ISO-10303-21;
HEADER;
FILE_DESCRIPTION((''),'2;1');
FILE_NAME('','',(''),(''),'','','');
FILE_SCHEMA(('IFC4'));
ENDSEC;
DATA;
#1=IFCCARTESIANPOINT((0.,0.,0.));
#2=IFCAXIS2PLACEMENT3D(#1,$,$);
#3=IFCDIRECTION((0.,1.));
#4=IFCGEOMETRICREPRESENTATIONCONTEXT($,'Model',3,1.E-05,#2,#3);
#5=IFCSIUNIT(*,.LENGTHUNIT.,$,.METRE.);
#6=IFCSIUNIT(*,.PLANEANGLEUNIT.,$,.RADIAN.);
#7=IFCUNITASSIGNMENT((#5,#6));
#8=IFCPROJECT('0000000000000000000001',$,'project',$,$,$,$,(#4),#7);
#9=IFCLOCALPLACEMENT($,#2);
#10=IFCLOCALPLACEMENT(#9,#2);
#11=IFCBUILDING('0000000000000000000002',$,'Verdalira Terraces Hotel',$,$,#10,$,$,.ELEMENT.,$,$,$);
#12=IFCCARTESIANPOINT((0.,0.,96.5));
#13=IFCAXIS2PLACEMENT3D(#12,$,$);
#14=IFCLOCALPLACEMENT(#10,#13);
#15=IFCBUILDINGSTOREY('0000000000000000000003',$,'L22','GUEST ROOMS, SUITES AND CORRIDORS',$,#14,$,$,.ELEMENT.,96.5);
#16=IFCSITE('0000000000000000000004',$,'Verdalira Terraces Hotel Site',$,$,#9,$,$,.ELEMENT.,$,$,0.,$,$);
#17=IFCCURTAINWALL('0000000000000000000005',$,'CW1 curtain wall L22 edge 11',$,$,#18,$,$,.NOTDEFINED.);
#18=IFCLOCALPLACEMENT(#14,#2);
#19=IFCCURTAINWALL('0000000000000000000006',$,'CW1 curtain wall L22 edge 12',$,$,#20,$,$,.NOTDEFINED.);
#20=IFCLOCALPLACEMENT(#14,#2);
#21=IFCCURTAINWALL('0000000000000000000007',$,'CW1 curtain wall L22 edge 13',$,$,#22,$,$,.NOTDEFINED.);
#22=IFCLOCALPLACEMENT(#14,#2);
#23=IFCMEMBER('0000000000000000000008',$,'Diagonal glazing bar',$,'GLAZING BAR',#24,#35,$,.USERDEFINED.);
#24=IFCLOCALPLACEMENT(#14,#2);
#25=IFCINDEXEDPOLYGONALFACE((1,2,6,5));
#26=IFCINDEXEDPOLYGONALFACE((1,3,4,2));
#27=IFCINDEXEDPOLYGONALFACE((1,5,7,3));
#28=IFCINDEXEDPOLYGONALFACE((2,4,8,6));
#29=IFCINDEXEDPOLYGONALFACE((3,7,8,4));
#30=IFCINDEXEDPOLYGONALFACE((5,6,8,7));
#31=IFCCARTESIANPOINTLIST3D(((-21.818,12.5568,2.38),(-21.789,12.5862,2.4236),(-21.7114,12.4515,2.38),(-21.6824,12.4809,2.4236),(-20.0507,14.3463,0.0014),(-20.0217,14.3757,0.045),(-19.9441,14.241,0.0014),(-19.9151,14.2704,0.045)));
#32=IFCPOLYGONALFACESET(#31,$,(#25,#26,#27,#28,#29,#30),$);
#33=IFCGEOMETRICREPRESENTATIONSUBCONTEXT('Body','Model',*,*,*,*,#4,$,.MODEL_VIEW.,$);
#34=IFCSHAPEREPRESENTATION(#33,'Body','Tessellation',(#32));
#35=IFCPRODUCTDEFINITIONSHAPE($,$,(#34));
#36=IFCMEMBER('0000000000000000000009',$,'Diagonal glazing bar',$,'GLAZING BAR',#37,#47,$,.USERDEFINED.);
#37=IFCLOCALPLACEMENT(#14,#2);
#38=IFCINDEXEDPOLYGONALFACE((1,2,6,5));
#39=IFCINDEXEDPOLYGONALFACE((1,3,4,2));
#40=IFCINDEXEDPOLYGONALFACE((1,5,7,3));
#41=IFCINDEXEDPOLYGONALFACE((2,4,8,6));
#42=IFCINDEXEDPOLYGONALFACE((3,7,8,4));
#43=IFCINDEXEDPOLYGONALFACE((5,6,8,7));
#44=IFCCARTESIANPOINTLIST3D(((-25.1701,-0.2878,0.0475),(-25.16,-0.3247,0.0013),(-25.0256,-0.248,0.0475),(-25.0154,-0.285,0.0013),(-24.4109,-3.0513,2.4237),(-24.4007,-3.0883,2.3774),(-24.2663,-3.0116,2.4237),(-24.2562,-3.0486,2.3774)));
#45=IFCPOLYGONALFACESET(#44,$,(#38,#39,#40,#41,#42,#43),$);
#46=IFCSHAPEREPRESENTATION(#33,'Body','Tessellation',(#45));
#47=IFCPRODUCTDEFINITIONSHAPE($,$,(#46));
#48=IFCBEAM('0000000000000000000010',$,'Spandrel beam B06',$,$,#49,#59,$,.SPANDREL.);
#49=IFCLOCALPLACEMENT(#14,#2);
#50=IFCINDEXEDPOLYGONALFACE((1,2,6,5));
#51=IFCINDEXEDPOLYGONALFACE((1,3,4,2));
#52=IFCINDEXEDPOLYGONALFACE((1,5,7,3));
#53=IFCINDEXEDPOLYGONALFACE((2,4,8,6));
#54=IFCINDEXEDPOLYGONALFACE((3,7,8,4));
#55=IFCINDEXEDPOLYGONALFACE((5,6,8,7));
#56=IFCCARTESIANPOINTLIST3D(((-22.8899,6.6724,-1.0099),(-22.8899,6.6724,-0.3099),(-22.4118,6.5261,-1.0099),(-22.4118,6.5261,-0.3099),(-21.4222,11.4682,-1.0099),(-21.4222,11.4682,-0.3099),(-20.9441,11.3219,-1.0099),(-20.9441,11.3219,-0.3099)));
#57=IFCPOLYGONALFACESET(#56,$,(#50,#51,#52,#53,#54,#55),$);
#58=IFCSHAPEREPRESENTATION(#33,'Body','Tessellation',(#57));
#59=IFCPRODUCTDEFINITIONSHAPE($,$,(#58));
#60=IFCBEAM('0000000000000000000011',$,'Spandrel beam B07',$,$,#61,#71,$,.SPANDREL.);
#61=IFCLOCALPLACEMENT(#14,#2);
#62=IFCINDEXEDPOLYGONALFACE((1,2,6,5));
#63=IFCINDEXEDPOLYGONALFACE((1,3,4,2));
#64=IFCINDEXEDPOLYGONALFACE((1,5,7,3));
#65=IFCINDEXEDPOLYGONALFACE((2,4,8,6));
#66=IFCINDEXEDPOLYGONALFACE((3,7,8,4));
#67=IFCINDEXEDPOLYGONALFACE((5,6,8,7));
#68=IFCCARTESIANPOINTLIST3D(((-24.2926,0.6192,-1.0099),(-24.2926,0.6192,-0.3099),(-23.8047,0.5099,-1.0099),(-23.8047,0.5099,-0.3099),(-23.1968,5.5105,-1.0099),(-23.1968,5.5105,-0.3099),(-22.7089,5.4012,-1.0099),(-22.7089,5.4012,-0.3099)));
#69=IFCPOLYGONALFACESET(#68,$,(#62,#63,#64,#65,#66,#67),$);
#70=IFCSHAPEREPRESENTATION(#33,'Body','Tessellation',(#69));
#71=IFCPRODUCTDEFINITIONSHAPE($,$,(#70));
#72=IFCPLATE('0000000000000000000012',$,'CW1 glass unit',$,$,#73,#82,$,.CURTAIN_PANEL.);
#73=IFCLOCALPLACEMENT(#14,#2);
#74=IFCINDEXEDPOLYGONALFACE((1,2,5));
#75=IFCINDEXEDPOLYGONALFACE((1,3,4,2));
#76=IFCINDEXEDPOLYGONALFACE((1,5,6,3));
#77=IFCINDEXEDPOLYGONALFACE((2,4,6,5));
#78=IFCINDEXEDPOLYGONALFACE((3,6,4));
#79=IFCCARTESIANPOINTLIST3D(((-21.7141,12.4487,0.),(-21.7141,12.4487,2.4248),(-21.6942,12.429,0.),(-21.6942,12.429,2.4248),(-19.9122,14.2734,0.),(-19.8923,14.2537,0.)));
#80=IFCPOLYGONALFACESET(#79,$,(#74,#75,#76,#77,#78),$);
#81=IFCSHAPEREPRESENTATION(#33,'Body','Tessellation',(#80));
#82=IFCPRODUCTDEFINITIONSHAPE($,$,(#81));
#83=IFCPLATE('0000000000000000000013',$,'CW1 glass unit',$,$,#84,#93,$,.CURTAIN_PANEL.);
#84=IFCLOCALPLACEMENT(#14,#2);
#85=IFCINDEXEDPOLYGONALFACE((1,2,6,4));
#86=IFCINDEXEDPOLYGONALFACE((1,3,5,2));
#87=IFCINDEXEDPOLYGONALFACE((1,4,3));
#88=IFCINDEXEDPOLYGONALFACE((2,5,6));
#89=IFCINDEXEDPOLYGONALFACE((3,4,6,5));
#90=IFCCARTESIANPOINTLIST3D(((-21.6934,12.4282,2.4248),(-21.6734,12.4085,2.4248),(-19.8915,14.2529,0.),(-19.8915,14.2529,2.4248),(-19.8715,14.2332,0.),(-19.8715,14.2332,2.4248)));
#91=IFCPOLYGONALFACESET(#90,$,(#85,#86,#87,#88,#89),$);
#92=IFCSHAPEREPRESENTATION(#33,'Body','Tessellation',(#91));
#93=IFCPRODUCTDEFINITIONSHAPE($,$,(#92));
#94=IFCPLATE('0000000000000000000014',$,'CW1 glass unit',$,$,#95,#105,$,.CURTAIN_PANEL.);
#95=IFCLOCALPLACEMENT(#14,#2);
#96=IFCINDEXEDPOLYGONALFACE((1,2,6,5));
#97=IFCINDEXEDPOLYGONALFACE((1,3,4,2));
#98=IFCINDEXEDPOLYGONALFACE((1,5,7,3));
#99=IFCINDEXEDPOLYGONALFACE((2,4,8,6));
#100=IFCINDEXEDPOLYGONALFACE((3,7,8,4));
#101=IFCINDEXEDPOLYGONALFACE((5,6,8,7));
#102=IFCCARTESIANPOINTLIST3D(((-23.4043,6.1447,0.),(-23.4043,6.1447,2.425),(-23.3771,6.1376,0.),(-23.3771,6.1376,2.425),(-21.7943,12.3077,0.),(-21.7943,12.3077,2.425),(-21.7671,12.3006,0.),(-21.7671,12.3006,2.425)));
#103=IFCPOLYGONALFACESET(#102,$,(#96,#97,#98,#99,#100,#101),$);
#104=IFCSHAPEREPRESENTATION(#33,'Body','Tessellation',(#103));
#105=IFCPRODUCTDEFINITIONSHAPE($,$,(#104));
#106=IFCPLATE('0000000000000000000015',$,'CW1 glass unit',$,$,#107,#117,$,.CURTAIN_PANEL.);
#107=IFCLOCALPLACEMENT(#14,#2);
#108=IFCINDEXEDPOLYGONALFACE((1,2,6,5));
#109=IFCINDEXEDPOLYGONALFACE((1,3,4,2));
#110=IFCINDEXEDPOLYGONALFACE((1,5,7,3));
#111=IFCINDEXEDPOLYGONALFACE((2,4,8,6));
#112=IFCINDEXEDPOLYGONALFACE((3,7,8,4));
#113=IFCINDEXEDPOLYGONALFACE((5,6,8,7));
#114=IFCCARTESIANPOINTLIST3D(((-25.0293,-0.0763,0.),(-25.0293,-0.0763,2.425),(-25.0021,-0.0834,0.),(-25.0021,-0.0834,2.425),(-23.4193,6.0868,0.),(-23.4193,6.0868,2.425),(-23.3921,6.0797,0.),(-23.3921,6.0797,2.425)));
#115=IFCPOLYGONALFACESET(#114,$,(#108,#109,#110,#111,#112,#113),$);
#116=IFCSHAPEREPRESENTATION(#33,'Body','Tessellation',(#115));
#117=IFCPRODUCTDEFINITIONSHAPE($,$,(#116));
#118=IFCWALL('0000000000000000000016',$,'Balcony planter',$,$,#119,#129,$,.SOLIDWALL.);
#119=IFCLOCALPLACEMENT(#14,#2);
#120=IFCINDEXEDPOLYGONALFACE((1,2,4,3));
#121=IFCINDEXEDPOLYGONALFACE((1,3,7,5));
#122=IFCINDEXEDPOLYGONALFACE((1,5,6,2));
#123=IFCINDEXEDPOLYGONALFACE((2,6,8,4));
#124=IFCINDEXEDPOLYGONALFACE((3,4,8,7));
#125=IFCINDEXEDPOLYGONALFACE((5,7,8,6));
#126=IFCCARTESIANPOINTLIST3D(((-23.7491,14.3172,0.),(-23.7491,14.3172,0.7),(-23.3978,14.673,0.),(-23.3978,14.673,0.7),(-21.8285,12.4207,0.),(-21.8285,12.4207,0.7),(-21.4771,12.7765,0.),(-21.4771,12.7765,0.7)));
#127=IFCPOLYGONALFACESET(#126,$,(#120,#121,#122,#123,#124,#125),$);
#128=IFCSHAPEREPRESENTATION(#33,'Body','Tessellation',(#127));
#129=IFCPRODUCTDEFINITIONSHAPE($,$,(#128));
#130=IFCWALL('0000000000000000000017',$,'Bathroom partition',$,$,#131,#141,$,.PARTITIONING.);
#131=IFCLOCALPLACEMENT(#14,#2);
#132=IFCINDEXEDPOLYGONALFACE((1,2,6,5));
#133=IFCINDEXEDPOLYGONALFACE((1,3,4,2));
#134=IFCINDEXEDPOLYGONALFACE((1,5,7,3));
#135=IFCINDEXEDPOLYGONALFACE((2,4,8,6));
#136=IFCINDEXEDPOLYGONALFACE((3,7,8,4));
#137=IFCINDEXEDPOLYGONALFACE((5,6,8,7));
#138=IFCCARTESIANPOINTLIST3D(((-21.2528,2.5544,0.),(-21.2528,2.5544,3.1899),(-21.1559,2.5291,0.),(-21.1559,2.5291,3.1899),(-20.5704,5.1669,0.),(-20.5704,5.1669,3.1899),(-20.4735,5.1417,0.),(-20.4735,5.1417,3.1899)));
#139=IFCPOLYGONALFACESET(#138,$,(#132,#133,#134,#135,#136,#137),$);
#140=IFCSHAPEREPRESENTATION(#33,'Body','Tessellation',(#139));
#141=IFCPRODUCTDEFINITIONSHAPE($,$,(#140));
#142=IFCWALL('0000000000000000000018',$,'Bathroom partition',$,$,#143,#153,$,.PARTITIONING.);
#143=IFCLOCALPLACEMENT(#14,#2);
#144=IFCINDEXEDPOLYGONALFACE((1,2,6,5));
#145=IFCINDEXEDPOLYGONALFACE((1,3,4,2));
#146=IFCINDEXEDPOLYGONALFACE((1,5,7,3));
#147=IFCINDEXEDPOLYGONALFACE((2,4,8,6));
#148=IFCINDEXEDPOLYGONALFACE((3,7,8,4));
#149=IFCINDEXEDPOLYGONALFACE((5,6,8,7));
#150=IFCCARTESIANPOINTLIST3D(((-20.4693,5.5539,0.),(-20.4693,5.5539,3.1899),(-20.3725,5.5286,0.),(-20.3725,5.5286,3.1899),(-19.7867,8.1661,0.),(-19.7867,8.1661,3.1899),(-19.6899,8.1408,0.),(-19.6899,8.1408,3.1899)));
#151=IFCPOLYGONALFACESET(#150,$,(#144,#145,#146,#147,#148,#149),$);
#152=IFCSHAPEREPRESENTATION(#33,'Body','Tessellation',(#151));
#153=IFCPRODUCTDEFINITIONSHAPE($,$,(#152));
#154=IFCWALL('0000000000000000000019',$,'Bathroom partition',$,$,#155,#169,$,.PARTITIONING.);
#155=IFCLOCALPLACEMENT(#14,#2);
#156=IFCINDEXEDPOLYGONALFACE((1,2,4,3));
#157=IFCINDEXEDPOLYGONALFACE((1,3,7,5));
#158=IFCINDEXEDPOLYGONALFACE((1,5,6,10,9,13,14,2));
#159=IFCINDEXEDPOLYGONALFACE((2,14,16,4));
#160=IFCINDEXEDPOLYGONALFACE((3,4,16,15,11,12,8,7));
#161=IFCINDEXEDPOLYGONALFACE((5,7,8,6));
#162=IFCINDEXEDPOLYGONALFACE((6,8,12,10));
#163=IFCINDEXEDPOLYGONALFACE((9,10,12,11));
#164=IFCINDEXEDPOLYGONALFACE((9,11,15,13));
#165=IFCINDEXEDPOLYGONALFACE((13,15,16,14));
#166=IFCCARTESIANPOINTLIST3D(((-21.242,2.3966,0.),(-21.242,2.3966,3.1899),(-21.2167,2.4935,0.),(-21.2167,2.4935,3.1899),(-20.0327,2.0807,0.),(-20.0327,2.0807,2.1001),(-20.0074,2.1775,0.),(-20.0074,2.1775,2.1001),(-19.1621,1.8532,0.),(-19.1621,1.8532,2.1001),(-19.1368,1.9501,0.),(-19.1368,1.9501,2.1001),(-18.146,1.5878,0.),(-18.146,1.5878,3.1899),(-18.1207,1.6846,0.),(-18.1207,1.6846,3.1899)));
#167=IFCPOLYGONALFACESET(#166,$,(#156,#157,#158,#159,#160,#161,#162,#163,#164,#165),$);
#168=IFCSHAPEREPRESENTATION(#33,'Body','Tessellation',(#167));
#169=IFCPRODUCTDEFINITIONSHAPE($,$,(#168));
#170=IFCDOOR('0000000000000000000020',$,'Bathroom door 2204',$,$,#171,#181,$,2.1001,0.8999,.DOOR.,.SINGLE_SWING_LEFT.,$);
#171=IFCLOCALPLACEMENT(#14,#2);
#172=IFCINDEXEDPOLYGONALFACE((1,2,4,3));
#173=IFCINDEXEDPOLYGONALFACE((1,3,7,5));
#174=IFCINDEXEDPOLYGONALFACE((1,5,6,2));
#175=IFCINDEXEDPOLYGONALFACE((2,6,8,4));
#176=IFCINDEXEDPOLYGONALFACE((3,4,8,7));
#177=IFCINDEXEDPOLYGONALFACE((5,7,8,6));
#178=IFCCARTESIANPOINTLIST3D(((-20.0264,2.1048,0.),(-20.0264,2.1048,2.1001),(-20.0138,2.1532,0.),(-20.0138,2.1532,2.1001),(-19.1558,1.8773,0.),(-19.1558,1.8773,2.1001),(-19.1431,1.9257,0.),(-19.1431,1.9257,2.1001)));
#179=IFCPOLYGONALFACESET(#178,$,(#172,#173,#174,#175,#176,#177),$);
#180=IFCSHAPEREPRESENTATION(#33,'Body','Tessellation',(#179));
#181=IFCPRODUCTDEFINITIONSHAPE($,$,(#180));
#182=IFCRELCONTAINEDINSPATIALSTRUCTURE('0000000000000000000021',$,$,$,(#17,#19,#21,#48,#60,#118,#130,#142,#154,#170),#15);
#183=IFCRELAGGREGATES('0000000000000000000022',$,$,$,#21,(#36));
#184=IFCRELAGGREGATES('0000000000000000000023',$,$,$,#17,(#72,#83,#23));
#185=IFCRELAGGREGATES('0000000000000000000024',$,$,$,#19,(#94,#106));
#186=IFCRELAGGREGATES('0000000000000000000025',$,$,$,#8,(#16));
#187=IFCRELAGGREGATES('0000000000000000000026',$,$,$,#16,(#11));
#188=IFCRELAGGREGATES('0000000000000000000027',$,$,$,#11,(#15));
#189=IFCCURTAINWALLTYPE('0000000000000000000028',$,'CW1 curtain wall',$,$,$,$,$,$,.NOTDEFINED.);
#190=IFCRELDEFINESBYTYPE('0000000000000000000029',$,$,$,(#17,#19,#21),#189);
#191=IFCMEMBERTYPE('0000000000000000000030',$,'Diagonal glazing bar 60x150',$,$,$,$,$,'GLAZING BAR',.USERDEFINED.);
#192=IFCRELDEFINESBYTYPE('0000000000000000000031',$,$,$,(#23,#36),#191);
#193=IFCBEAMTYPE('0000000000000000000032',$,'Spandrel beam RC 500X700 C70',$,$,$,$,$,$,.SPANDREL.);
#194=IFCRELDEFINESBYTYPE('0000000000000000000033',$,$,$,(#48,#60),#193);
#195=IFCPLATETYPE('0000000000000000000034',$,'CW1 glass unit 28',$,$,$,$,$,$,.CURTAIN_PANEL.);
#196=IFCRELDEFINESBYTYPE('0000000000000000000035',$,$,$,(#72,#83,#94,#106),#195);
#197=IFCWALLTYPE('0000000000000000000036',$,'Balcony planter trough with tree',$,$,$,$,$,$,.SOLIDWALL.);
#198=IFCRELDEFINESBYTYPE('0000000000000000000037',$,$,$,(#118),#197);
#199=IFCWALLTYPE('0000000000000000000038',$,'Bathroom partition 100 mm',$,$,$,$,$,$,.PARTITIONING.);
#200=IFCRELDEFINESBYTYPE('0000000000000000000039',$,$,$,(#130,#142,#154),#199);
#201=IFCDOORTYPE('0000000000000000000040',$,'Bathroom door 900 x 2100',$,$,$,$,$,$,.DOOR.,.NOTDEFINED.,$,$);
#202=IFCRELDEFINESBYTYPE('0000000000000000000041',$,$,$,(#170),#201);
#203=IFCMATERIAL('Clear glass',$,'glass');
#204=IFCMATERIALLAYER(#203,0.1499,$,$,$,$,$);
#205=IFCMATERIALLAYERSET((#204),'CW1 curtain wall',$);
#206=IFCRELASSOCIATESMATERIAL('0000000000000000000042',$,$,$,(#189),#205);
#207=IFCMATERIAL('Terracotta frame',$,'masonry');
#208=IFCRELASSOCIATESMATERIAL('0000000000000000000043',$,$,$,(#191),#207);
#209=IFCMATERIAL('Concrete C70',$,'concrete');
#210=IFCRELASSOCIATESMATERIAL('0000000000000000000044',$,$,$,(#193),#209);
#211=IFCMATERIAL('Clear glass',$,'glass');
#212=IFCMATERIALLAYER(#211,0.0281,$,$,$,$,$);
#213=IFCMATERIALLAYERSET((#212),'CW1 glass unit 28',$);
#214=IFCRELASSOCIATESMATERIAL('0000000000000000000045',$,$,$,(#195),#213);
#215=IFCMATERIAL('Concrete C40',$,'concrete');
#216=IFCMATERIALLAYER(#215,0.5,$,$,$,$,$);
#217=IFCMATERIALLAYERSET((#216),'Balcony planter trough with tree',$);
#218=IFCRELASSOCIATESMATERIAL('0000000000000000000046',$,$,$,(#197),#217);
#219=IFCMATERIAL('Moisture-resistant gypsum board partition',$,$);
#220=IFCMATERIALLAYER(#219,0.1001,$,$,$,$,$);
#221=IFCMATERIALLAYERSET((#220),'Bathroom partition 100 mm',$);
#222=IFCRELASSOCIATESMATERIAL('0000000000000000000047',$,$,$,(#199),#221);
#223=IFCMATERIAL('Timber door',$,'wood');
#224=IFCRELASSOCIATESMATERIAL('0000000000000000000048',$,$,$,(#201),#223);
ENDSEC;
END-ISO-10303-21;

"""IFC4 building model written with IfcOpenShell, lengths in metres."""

from ifc_helpers import new_model, si_unit, direction, frame, frame_2d, origin, origin_2d, place, context, subcontext, project, spatial, polyline, rectangle, outline, extrude, material, layer, layer_set, material_profile, profile_set, type_object, element, fill, aggregate, save


model = new_model("IFC4")

# Units and contexts
model_context = context("Model", 3, precision=1e-05, world=origin(), true_north=direction((0.0, 1.0)))
body_context = subcontext(model_context, "Body", "Model", "MODEL_VIEW")
ifc_project = project(units=[si_unit("LENGTHUNIT", "METRE"), si_unit("PLANEANGLEUNIT", "RADIAN")], contexts=[model_context])

# Site, building, storey
site_placement = place(None, origin())
site = spatial("IfcSite", under=ifc_project, at=site_placement, Name="Verdalira Terraces Hotel Site", CompositionType="ELEMENT", RefElevation=0.0)
building_placement = place(site_placement, origin())
building = spatial("IfcBuilding", under=site, at=building_placement, Name="Verdalira Terraces Hotel", CompositionType="ELEMENT")
storey_placement = place(building_placement, frame((0.0, 0.0, 96.5)))
storey = spatial("IfcBuildingStorey", under=building, at=storey_placement, Name="L22", Description="GUEST ROOMS, SUITES AND CORRIDORS", CompositionType="ELEMENT", Elevation=96.5)

# Curtain wall
ifc_material_1 = material(Name="Clear glass", Category="glass")
ifc_layer_1 = layer(ifc_material_1, 0.1499)
ifc_layer_set_1 = layer_set([ifc_layer_1], Name="CW1 curtain wall")
curtain_wall_type = type_object("IfcCurtainWallType", Name="CW1 curtain wall", PredefinedType="NOTDEFINED", material=ifc_layer_set_1)
curtain_wall_1_placement = place(storey_placement, origin())
curtain_wall_1 = element("IfcCurtainWall", 1, at=curtain_wall_1_placement, inside=storey, type_object=curtain_wall_type, Name="CW1 curtain wall L22 edge 11", PredefinedType="NOTDEFINED")

# Curtain wall
curtain_wall_2_placement = place(storey_placement, origin())
curtain_wall_2 = element("IfcCurtainWall", 2, at=curtain_wall_2_placement, inside=storey, type_object=curtain_wall_type, Name="CW1 curtain wall L22 edge 12", PredefinedType="NOTDEFINED")

# Curtain wall
curtain_wall_3_placement = place(storey_placement, origin())
curtain_wall_3 = element("IfcCurtainWall", 3, at=curtain_wall_3_placement, inside=storey, type_object=curtain_wall_type, Name="CW1 curtain wall L22 edge 13", PredefinedType="NOTDEFINED")

# Members
ifc_material_2 = material(Name="Terracotta frame", Category="masonry")
ifc_material_profile_1 = material_profile(ifc_material_2, rectangle(XDim=0.1499, YDim=0.0601, at=origin_2d()), Name="GB 60x150")
ifc_profile_set_1 = profile_set([ifc_material_profile_1], Name="Terracotta frame")
member_type_1 = type_object("IfcMemberType", Name="Diagonal glazing bar 60x150", ElementType="GLAZING BAR", PredefinedType="USERDEFINED", material=ifc_profile_set_1)
member_1_placement = place(storey_placement, frame((-19.9829, 14.3084, 0.0232), z_axis=(-0.510526, -0.516944, 0.687119), x_axis=(0.71151, -0.702676, 0.0)))
member_1 = element("IfcMember", 4, at=member_1_placement, type_object=member_type_1, Name="Diagonal glazing bar", ObjectType="GLAZING BAR", PredefinedType="USERDEFINED", context=body_context, shape_type="SweptSolid", body=[
    extrude(rectangle(XDim=0.1499, YDim=0.0601, at=origin_2d()), origin(), (0.0, 0.0, 1.0), 3.4617),
])
member_2_placement = place(storey_placement, frame((-25.0928, -0.2864, 0.0244), z_axis=(0.203942, -0.742322, 0.638252), x_axis=(0.964271, 0.264919, 0.0)))
member_2 = element("IfcMember", 5, at=member_2_placement, type_object=member_type_1, Name="Diagonal glazing bar", ObjectType="GLAZING BAR", PredefinedType="USERDEFINED", context=body_context, shape_type="SweptSolid", body=[
    extrude(rectangle(XDim=0.1499, YDim=0.0601, at=origin_2d()), origin(), (0.0, 0.0, 1.0), 3.7229),
])
aggregate(curtain_wall_3, [member_2])

# Beams
ifc_material_3 = material(Name="Concrete C70", Category="concrete")
ifc_material_profile_2 = material_profile(ifc_material_3, rectangle(XDim=0.5, YDim=0.7, at=origin_2d()), Name="RC 500X700")
ifc_profile_set_2 = profile_set([ifc_material_profile_2], Name="Concrete C70")
beam_type_1 = type_object("IfcBeamType", Name="Spandrel beam RC 500X700 C70", PredefinedType="SPANDREL", material=ifc_profile_set_2)
beam_1_placement = place(storey_placement, frame((-21.1831, 11.395, -0.6599), z_axis=(-0.292649, -0.95622, 0.0), x_axis=(0.95622, -0.292649, 0.0)))
element("IfcBeam", 6, at=beam_1_placement, inside=storey, type_object=beam_type_1, Name="Spandrel beam B06", PredefinedType="SPANDREL", context=body_context, shape_type="SweptSolid", body=[
    extrude(rectangle(XDim=0.5, YDim=0.7, at=origin_2d()), origin(), (0.0, 0.0, 1.0), 5.0154),
])
beam_2_placement = place(storey_placement, frame((-22.9529, 5.4558, -0.6599), z_axis=(-0.218601, -0.975814, 0.0), x_axis=(0.975814, -0.218601, 0.0)))
element("IfcBeam", 7, at=beam_2_placement, inside=storey, type_object=beam_type_1, Name="Spandrel beam B07", PredefinedType="SPANDREL", context=body_context, shape_type="SweptSolid", body=[
    extrude(rectangle(XDim=0.5, YDim=0.7, at=origin_2d()), origin(), (0.0, 0.0, 1.0), 5.0125),
])

# Plates
ifc_material_4 = material(Name="Clear glass", Category="glass")
ifc_layer_2 = layer(ifc_material_4, 0.0281)
ifc_layer_set_2 = layer_set([ifc_layer_2], Name="CW1 glass unit 28")
plate_type = type_object("IfcPlateType", Name="CW1 glass unit 28", PredefinedType="CURTAIN_PANEL", material=ifc_layer_set_2)
plate_1_placement = place(storey_placement, frame((-20.7932, 13.3413, 1.2124), z_axis=(-0.711536, 0.70265, 0.0), x_axis=(-0.70265, -0.711536, 0.0)))
plate_1 = element("IfcPlate", 8, at=plate_1_placement, type_object=plate_type, Name="CW1 glass unit", PredefinedType="CURTAIN_PANEL", context=body_context, shape_type="SweptSolid", body=[
    extrude(outline(polyline([(-1.2822, -1.2124), (1.2822, -1.2124), (1.2822, 1.2124), (-1.2822, -1.2124)])), origin(), (0.0, 0.0, 1.0), 0.0281),
])
plate_2_placement = place(storey_placement, frame((-20.7725, 13.3208, 1.2124), z_axis=(-0.711536, 0.70265, 0.0), x_axis=(-0.70265, -0.711536, 0.0)))
plate_2 = element("IfcPlate", 9, at=plate_2_placement, type_object=plate_type, Name="CW1 glass unit", PredefinedType="CURTAIN_PANEL", context=body_context, shape_type="SweptSolid", body=[
    extrude(outline(polyline([(-1.2822, -1.2124), (1.2822, 1.2124), (-1.2822, 1.2124), (-1.2822, -1.2124)])), origin(), (0.0, 0.0, 1.0), 0.0281),
])
aggregate(curtain_wall_1, [plate_1, plate_2, member_1])
plate_3_placement = place(storey_placement, frame((-22.5857, 9.2227, 0.0), z_axis=(0.0, 0.0, 1.0), x_axis=(-0.252745, -0.967533, 0.0)))
plate_3 = element("IfcPlate", 10, at=plate_3_placement, type_object=plate_type, Name="CW1 glass unit", PredefinedType="CURTAIN_PANEL", context=body_context, shape_type="SweptSolid", body=[
    extrude(rectangle(XDim=6.3699, YDim=0.0281, at=origin_2d()), origin(), (0.0, 0.0, 1.0), 2.425),
])
plate_4_placement = place(storey_placement, frame((-24.2107, 3.0017, 0.0), z_axis=(0.0, 0.0, 1.0), x_axis=(-0.252745, -0.967533, 0.0)))
plate_4 = element("IfcPlate", 11, at=plate_4_placement, type_object=plate_type, Name="CW1 glass unit", PredefinedType="CURTAIN_PANEL", context=body_context, shape_type="SweptSolid", body=[
    extrude(rectangle(XDim=6.3699, YDim=0.0281, at=origin_2d()), origin(), (0.0, 0.0, 1.0), 2.425),
])
aggregate(curtain_wall_2, [plate_3, plate_4])

# Walls
ifc_material_5 = material(Name="Concrete C40", Category="concrete")
ifc_layer_3 = layer(ifc_material_5, 0.5)
ifc_layer_set_3 = layer_set([ifc_layer_3], Name="Balcony planter trough with tree")
wall_type_1 = type_object("IfcWallType", Name="Balcony planter trough with tree", PredefinedType="SOLIDWALL", material=ifc_layer_set_3)
wall_1_placement = place(storey_placement, frame((-23.5735, 14.4951, 0.0), z_axis=(0.0, 0.0, 1.0), x_axis=(0.71157, -0.702615, 0.0)))
element("IfcWall", 12, at=wall_1_placement, inside=storey, type_object=wall_type_1, Name="Balcony planter", PredefinedType="SOLIDWALL", context=body_context, shape_type="SweptSolid", body=[
    extrude(rectangle(XDim=2.6992, YDim=0.5, at=frame_2d((1.3496, 0.0))), origin(), (0.0, 0.0, 1.0), 0.7),
])
ifc_material_6 = material(Name="Moisture-resistant gypsum board partition")
ifc_layer_4 = layer(ifc_material_6, 0.1001)
ifc_layer_set_4 = layer_set([ifc_layer_4], Name="Bathroom partition 100 mm")
wall_type_2 = type_object("IfcWallType", Name="Bathroom partition 100 mm", PredefinedType="PARTITIONING", material=ifc_layer_set_4)
wall_2_placement = place(storey_placement, frame((-21.2043, 2.5417, 0.0), z_axis=(0.0, 0.0, 1.0), x_axis=(0.252713, 0.967541, 0.0)))
element("IfcWall", 13, at=wall_2_placement, inside=storey, type_object=wall_type_2, Name="Bathroom partition", PredefinedType="PARTITIONING", context=body_context, shape_type="SweptSolid", body=[
    extrude(rectangle(XDim=2.7002, YDim=0.1001, at=frame_2d((1.3501, 0.0))), origin(), (0.0, 0.0, 1.0), 3.1899),
])
wall_3_placement = place(storey_placement, frame((-19.7383, 8.1536, 0.0), z_axis=(0.0, 0.0, 1.0), x_axis=(-0.252819, -0.967513, 0.0)))
element("IfcWall", 14, at=wall_3_placement, inside=storey, type_object=wall_type_2, Name="Bathroom partition", PredefinedType="PARTITIONING", context=body_context, shape_type="SweptSolid", body=[
    extrude(rectangle(XDim=2.7, YDim=0.1001, at=frame_2d((1.3501, 0.0))), origin(), (0.0, 0.0, 1.0), 3.1899),
])

# Wall, opening, door
wall_4_placement = place(storey_placement, frame((-21.2295, 2.4451, 0.0), z_axis=(0.0, 0.0, 1.0), x_axis=(0.967526, -0.252773, 0.0)))
wall_4 = element("IfcWall", 15, at=wall_4_placement, inside=storey, type_object=wall_type_2, Name="Bathroom partition", PredefinedType="PARTITIONING", context=body_context, shape_type="SweptSolid", body=[
    extrude(rectangle(XDim=3.2, YDim=0.1001, at=frame_2d((1.6001, 0.0))), origin(), (0.0, 0.0, 1.0), 3.1899),
])
opening_1_placement = place(wall_4_placement, frame((1.25, 0.0, 0.0)))
opening_1 = element("IfcOpeningElement", 16, at=opening_1_placement, cuts=wall_4, PredefinedType="OPENING", context=body_context, shape_type="SweptSolid", body=[
    extrude(rectangle(XDim=0.8999, YDim=2.1001, at=frame_2d((0.45, 1.05))), frame((0.0, 0.0601, 0.0), z_axis=(0.0, -1.0, 0.0), x_axis=(1.0, 0.0, 0.0)), (0.0, 0.0, 1.0), 0.1201),
])
ifc_material_7 = material(Name="Timber door", Category="wood")
door_type_1 = type_object("IfcDoorType", Name="Bathroom door 900 x 2100", OperationType="NOTDEFINED", PredefinedType="DOOR", material=ifc_material_7)
door_1_placement = place(opening_1_placement, origin())
door_1 = element("IfcDoor", 17, at=door_1_placement, inside=storey, type_object=door_type_1, Name="Bathroom door 2204", OperationType="SINGLE_SWING_LEFT", OverallHeight=2.1001, OverallWidth=0.8999, PredefinedType="DOOR", context=body_context, shape_type="SweptSolid", body=[
    extrude(rectangle(XDim=0.8999, YDim=2.1001, at=frame_2d((0.45, 1.05))), frame((0.0, 0.0249, 0.0), z_axis=(0.0, -1.0, 0.0), x_axis=(1.0, 0.0, 0.0)), (0.0, 0.0, 1.0), 0.05),
])
fill(opening_1, door_1)

save(model, "model.ifc")
